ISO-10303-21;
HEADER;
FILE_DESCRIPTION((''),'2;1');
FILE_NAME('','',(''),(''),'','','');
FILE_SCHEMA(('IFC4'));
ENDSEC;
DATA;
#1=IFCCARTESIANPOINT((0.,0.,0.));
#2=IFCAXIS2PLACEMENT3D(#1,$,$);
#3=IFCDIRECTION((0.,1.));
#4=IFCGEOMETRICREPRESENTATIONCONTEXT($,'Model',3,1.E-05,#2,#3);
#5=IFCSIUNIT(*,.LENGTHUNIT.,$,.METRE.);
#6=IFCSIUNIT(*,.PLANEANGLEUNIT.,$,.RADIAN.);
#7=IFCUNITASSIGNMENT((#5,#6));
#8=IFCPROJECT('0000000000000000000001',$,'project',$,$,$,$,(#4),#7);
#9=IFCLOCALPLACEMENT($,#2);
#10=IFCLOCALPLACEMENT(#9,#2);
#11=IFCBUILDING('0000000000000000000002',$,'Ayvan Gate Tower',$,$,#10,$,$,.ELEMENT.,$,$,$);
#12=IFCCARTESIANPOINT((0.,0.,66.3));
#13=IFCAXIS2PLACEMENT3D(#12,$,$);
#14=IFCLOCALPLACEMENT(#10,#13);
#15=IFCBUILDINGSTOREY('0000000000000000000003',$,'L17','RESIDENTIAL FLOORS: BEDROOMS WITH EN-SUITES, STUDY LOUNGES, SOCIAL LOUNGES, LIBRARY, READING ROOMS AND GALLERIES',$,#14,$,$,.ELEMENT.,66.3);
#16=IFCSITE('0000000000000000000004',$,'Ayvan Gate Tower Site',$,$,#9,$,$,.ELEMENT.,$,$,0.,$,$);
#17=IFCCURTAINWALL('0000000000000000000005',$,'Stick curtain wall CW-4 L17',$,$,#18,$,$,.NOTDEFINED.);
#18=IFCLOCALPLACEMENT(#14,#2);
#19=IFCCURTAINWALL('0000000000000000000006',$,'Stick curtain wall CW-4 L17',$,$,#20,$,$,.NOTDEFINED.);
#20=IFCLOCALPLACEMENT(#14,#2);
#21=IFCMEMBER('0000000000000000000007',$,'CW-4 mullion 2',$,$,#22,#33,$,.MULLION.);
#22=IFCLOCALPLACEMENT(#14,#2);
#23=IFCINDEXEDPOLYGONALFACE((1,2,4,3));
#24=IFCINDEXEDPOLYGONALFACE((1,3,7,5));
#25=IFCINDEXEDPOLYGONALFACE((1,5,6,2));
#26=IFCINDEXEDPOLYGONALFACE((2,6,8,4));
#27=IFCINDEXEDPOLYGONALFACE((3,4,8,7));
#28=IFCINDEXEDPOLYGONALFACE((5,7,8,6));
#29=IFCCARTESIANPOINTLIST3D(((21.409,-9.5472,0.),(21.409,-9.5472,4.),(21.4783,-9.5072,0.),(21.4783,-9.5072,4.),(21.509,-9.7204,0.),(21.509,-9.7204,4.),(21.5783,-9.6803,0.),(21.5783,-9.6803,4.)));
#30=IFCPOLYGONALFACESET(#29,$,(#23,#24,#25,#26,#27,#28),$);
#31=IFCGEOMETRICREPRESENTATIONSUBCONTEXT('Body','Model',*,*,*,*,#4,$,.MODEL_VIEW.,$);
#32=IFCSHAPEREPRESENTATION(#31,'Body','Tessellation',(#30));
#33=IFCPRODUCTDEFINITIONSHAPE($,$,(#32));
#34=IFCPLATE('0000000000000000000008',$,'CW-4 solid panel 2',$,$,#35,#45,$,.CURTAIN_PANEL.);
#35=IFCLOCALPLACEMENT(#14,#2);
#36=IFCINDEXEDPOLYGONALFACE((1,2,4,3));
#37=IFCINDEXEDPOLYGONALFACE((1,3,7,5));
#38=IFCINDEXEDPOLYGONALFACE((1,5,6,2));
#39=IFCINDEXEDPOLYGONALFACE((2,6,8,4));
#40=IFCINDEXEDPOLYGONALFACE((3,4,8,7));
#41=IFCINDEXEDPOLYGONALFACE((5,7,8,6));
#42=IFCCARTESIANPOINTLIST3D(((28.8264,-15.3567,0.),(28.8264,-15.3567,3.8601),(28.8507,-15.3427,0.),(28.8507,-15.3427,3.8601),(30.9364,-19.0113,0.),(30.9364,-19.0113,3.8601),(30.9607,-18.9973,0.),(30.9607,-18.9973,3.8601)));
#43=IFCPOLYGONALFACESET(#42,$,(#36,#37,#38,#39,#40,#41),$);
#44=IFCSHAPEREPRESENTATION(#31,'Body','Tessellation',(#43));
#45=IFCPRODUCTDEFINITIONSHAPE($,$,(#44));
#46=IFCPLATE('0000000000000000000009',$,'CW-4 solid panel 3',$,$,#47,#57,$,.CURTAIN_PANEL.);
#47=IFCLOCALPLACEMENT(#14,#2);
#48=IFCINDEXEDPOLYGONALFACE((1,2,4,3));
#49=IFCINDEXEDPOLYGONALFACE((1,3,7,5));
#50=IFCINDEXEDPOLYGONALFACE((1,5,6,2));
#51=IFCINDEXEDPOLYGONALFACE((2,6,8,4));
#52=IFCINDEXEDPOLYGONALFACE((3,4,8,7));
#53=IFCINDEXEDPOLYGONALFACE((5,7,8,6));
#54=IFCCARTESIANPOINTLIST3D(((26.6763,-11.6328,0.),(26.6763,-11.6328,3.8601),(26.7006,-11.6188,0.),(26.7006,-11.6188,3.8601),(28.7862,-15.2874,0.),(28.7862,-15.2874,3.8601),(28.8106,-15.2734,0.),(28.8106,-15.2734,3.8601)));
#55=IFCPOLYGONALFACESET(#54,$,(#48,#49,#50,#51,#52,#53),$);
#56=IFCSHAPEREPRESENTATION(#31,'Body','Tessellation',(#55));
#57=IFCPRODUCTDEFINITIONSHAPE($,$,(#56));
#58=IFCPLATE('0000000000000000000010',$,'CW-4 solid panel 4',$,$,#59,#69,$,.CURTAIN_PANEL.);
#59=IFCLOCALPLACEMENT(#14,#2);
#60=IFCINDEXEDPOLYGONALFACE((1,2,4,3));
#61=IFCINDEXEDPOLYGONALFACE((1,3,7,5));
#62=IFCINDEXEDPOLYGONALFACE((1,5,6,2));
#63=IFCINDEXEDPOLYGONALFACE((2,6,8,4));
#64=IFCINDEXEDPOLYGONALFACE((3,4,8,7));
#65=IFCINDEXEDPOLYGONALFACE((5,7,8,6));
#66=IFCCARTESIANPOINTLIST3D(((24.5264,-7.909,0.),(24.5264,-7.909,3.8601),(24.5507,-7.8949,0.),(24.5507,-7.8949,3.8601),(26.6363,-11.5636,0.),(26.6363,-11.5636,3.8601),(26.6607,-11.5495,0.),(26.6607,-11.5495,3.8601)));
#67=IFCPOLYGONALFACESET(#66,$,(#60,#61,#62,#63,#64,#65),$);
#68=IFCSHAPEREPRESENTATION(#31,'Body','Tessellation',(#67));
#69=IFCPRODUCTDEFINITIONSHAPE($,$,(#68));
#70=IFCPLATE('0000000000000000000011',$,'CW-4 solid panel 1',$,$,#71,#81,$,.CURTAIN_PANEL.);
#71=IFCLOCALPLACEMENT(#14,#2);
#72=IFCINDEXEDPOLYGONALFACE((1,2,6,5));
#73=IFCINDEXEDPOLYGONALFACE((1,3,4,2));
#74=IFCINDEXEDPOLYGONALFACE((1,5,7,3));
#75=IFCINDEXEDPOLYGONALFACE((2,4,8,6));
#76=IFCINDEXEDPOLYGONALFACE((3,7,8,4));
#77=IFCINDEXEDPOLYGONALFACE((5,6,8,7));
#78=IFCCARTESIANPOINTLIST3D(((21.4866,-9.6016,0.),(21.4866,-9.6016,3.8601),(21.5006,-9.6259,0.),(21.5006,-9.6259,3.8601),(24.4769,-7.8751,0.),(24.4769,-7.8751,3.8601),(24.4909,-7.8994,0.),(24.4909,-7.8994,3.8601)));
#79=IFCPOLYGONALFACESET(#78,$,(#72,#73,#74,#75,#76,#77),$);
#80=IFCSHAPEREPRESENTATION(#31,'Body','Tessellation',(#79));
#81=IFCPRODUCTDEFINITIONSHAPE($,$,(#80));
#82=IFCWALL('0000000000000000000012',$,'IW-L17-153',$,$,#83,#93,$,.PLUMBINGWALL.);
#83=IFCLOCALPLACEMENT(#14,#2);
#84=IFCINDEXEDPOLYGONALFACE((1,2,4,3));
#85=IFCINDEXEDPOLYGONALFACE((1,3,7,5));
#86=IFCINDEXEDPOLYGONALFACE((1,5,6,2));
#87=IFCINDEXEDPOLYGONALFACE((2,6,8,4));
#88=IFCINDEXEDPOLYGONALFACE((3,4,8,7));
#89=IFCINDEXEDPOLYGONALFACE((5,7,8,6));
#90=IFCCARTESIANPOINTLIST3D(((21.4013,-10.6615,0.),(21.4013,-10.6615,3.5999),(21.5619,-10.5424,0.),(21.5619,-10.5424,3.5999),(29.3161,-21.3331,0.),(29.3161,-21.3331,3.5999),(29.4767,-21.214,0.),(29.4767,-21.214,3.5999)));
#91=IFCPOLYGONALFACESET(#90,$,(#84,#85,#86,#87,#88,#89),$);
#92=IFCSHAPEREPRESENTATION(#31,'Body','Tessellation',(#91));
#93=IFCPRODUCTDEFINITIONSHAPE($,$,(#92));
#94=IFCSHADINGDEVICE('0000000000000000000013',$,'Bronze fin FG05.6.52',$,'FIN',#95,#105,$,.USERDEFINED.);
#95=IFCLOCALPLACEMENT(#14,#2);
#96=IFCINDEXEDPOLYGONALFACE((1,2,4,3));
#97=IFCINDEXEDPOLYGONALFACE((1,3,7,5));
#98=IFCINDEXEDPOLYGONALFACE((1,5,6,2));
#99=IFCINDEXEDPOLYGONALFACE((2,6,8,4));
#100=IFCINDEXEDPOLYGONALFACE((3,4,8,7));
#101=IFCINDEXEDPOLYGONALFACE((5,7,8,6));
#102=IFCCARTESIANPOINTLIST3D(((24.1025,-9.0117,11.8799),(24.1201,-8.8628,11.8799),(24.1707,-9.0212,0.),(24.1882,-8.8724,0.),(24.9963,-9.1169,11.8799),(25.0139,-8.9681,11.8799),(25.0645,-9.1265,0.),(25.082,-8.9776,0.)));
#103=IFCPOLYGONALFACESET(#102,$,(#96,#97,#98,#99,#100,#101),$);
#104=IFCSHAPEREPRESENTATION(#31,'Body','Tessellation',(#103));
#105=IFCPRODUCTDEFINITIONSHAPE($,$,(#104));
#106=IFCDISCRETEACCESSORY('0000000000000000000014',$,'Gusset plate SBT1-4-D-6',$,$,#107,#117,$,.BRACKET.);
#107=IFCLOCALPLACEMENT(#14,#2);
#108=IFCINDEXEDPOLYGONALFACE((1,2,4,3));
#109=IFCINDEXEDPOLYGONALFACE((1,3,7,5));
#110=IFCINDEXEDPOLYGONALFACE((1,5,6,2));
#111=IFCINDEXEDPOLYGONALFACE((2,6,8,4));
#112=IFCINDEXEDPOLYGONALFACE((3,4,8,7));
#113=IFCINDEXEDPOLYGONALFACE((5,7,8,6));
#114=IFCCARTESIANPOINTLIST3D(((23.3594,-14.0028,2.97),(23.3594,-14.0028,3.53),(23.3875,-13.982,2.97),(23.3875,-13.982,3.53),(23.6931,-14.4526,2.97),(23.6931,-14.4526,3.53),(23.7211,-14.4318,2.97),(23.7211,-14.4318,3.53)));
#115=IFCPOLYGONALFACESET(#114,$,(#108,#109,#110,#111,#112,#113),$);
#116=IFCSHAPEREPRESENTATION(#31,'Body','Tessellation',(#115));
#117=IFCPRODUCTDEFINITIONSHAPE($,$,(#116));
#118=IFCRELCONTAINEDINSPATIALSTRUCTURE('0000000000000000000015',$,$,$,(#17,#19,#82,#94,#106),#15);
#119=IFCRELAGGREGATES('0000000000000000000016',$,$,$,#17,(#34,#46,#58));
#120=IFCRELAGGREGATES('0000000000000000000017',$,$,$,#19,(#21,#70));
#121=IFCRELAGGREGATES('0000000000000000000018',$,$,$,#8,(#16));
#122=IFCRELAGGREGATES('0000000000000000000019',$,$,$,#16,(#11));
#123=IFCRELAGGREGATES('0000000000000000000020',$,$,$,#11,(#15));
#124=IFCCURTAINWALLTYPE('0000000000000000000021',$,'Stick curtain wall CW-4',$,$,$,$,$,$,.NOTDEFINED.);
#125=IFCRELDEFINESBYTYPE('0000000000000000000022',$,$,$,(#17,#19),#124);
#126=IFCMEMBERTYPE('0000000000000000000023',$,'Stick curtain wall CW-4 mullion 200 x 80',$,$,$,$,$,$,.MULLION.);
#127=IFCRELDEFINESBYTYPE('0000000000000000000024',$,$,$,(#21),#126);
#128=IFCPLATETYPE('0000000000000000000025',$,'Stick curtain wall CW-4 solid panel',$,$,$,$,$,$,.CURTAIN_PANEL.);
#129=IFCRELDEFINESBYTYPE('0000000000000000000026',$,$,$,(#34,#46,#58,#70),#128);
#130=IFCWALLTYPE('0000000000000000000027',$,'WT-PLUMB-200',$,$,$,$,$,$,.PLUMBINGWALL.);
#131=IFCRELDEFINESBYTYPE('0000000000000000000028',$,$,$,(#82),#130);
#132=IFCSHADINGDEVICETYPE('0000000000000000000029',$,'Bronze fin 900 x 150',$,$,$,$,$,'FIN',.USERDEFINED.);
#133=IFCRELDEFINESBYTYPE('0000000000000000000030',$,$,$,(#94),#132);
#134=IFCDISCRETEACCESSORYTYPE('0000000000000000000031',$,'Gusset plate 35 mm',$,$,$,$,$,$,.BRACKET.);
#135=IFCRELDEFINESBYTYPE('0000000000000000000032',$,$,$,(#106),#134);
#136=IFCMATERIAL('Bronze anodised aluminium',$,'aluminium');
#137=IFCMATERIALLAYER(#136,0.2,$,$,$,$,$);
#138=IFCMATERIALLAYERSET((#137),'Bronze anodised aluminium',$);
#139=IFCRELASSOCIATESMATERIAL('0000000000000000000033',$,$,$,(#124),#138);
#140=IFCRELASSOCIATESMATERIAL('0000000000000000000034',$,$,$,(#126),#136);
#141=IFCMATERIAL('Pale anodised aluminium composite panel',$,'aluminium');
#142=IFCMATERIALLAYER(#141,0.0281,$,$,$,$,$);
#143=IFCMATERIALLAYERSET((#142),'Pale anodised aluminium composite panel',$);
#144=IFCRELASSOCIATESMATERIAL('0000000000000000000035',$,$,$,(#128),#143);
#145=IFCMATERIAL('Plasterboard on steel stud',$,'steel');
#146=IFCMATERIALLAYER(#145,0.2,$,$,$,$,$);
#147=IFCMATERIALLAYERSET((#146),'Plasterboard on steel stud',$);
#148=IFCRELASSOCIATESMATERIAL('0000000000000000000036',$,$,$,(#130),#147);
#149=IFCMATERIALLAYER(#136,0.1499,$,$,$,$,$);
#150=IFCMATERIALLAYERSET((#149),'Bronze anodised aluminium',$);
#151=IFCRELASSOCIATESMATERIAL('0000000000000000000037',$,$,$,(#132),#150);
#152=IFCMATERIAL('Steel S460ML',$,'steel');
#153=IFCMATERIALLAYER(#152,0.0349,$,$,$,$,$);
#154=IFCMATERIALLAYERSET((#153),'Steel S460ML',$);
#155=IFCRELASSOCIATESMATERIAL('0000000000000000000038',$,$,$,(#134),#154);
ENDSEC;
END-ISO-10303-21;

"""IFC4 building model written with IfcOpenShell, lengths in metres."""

from ifc_helpers import new_model, si_unit, direction, frame, frame_2d, origin, origin_2d, place, context, subcontext, project, spatial, polyline, rectangle, outline, extrude, material, layer, layer_set, material_profile, profile_set, type_object, element, aggregate, save


model = new_model("IFC4")

# Units and contexts
model_context = context("Model", 3, precision=1e-05, world=origin(), true_north=direction((0.0, 1.0)))
body_context = subcontext(model_context, "Body", "Model", "MODEL_VIEW")
ifc_project = project(units=[si_unit("LENGTHUNIT", "METRE"), si_unit("PLANEANGLEUNIT", "RADIAN")], contexts=[model_context])

# Site, building, storey
site_placement = place(None, origin())
site = spatial("IfcSite", under=ifc_project, at=site_placement, Name="Ayvan Gate Tower Site", CompositionType="ELEMENT", RefElevation=0.0)
building_placement = place(site_placement, origin())
building = spatial("IfcBuilding", under=site, at=building_placement, Name="Ayvan Gate Tower", CompositionType="ELEMENT")
storey_placement = place(building_placement, frame((0.0, 0.0, 66.3)))
storey = spatial("IfcBuildingStorey", under=building, at=storey_placement, Name="L17", Description="RESIDENTIAL FLOORS: BEDROOMS WITH EN-SUITES, STUDY LOUNGES, SOCIAL LOUNGES, LIBRARY, READING ROOMS AND GALLERIES", CompositionType="ELEMENT", Elevation=66.3)

# Curtain wall
ifc_material_1 = material(Name="Bronze anodised aluminium", Category="aluminium")
ifc_layer_1 = layer(ifc_material_1, 0.2)
ifc_layer_set_1 = layer_set([ifc_layer_1], Name="Bronze anodised aluminium")
curtain_wall_type_1 = type_object("IfcCurtainWallType", Name="Stick curtain wall CW-4", PredefinedType="NOTDEFINED", material=ifc_layer_set_1)
curtain_wall_1_placement = place(storey_placement, origin())
curtain_wall_1 = element("IfcCurtainWall", 1, at=curtain_wall_1_placement, inside=storey, type_object=curtain_wall_type_1, Name="Stick curtain wall CW-4 L17", PredefinedType="NOTDEFINED")
ifc_material_profile_1 = material_profile(ifc_material_1, rectangle(XDim=0.2, YDim=0.0801, at=origin_2d()), Name="Stick curtain wall CW-4 mullion 200 x 80")
ifc_profile_set_1 = profile_set([ifc_material_profile_1], Name="Bronze anodised aluminium")
member_type_1 = type_object("IfcMemberType", Name="Stick curtain wall CW-4 mullion 200 x 80", PredefinedType="MULLION", material=ifc_profile_set_1)

# Curtain wall, member
curtain_wall_2_placement = place(storey_placement, origin())
curtain_wall_2 = element("IfcCurtainWall", 2, at=curtain_wall_2_placement, inside=storey, type_object=curtain_wall_type_1, Name="Stick curtain wall CW-4 L17", PredefinedType="NOTDEFINED")
member_1_placement = place(storey_placement, frame((21.4937, -9.6138, 0.0), z_axis=(0.0, 0.0, 1.0), x_axis=(-0.5, 0.866025, 0.0)))
member_1 = element("IfcMember", 3, at=member_1_placement, type_object=member_type_1, Name="CW-4 mullion 2", PredefinedType="MULLION", context=body_context, shape_type="SweptSolid", body=[
    extrude(rectangle(XDim=0.2, YDim=0.0801, at=origin_2d()), origin(), (0.0, 0.0, 1.0), 4.0),
])

# Plates
ifc_material_2 = material(Name="Pale anodised aluminium composite panel", Category="aluminium")
ifc_layer_2 = layer(ifc_material_2, 0.0281)
ifc_layer_set_2 = layer_set([ifc_layer_2], Name="Pale anodised aluminium composite panel")
plate_type = type_object("IfcPlateType", Name="Stick curtain wall CW-4 solid panel", PredefinedType="CURTAIN_PANEL", material=ifc_layer_set_2)
plate_1_placement = place(storey_placement, frame((29.8936, -17.177, 0.0), z_axis=(0.0, 0.0, 1.0), x_axis=(-0.5, 0.866025, 0.0)))
plate_1 = element("IfcPlate", 4, at=plate_1_placement, type_object=plate_type, Name="CW-4 solid panel 2", PredefinedType="CURTAIN_PANEL", context=body_context, shape_type="SweptSolid", body=[
    extrude(rectangle(XDim=4.22, YDim=0.0281, at=origin_2d()), origin(), (0.0, 0.0, 1.0), 3.8601),
])
plate_2_placement = place(storey_placement, frame((27.7434, -13.4531, 0.0), z_axis=(0.0, 0.0, 1.0), x_axis=(-0.5, 0.866025, 0.0)))
plate_2 = element("IfcPlate", 5, at=plate_2_placement, type_object=plate_type, Name="CW-4 solid panel 3", PredefinedType="CURTAIN_PANEL", context=body_context, shape_type="SweptSolid", body=[
    extrude(rectangle(XDim=4.22, YDim=0.0281, at=origin_2d()), origin(), (0.0, 0.0, 1.0), 3.8601),
])
plate_3_placement = place(storey_placement, frame((25.5935, -9.7292, 0.0), z_axis=(0.0, 0.0, 1.0), x_axis=(-0.5, 0.866025, 0.0)))
plate_3 = element("IfcPlate", 6, at=plate_3_placement, type_object=plate_type, Name="CW-4 solid panel 4", PredefinedType="CURTAIN_PANEL", context=body_context, shape_type="SweptSolid", body=[
    extrude(rectangle(XDim=4.22, YDim=0.0281, at=origin_2d()), origin(), (0.0, 0.0, 1.0), 3.8601),
])
aggregate(curtain_wall_1, [plate_1, plate_2, plate_3])
plate_4_placement = place(storey_placement, frame((22.9888, -8.7505, 0.0), z_axis=(0.0, 0.0, 1.0), x_axis=(-0.866025, -0.5, 0.0)))
plate_4 = element("IfcPlate", 7, at=plate_4_placement, type_object=plate_type, Name="CW-4 solid panel 1", PredefinedType="CURTAIN_PANEL", context=body_context, shape_type="SweptSolid", body=[
    extrude(rectangle(XDim=3.4529, YDim=0.0281, at=origin_2d()), origin(), (0.0, 0.0, 1.0), 3.8601),
])
aggregate(curtain_wall_2, [member_1, plate_4])

# Wall
ifc_material_3 = material(Name="Plasterboard on steel stud", Category="steel")
ifc_layer_3 = layer(ifc_material_3, 0.2)
ifc_layer_set_3 = layer_set([ifc_layer_3], Name="Plasterboard on steel stud")
wall_type = type_object("IfcWallType", Name="WT-PLUMB-200", PredefinedType="PLUMBINGWALL", material=ifc_layer_set_3)
wall_placement = place(storey_placement, frame((21.4817, -10.6021, 0.0), z_axis=(0.0, 0.0, 1.0), x_axis=(0.595708, -0.803201, 0.0)))
element("IfcWall", 8, at=wall_placement, inside=storey, type_object=wall_type, Name="IW-L17-153", PredefinedType="PLUMBINGWALL", context=body_context, shape_type="SweptSolid", body=[
    extrude(rectangle(XDim=13.2864, YDim=0.2, at=frame_2d((6.6431, 0.0))), origin(), (0.0, 0.0, 1.0), 3.5999),
])

# Shading device
ifc_layer_4 = layer(ifc_material_1, 0.1499)
ifc_layer_set_4 = layer_set([ifc_layer_4], Name="Bronze anodised aluminium")
shading_device_type = type_object("IfcShadingDeviceType", Name="Bronze fin 900 x 150", ElementType="FIN", PredefinedType="USERDEFINED", material=ifc_layer_set_4)
shading_device_placement = place(storey_placement, frame((24.1707, -9.0212, 0.0), z_axis=(-0.11692, -0.993141, 0.000126), x_axis=(0.993141, -0.11692, 0.0)))
element("IfcShadingDevice", 9, at=shading_device_placement, inside=storey, type_object=shading_device_type, Name="Bronze fin FG05.6.52", ObjectType="FIN", PredefinedType="USERDEFINED", context=body_context, shape_type="SweptSolid", body=[
    extrude(outline(polyline([(0.0, 0.0), (0.9, 0.0), (0.8312, 11.8799), (-0.0688, 11.8799), (0.0, 0.0)])), origin(), (0.0, 0.0, -1.0), 0.1499),
])

# Discrete accessory
ifc_material_4 = material(Name="Steel S460ML", Category="steel")
ifc_layer_5 = layer(ifc_material_4, 0.0349)
ifc_layer_set_5 = layer_set([ifc_layer_5], Name="Steel S460ML")
discrete_accessory_type = type_object("IfcDiscreteAccessoryType", Name="Gusset plate 35 mm", PredefinedType="BRACKET", material=ifc_layer_set_5)
discrete_accessory_placement = place(storey_placement, frame((23.5403, -14.2173, 2.97), z_axis=(0.0, 0.0, 1.0), x_axis=(-0.595718, 0.803194, 0.0)))
element("IfcDiscreteAccessory", 10, at=discrete_accessory_placement, inside=storey, type_object=discrete_accessory_type, Name="Gusset plate SBT1-4-D-6", PredefinedType="BRACKET", context=body_context, shape_type="SweptSolid", body=[
    extrude(rectangle(XDim=0.5601, YDim=0.0349, at=origin_2d()), origin(), (0.0, 0.0, 1.0), 0.5601),
])

save(model, "model.ifc")
